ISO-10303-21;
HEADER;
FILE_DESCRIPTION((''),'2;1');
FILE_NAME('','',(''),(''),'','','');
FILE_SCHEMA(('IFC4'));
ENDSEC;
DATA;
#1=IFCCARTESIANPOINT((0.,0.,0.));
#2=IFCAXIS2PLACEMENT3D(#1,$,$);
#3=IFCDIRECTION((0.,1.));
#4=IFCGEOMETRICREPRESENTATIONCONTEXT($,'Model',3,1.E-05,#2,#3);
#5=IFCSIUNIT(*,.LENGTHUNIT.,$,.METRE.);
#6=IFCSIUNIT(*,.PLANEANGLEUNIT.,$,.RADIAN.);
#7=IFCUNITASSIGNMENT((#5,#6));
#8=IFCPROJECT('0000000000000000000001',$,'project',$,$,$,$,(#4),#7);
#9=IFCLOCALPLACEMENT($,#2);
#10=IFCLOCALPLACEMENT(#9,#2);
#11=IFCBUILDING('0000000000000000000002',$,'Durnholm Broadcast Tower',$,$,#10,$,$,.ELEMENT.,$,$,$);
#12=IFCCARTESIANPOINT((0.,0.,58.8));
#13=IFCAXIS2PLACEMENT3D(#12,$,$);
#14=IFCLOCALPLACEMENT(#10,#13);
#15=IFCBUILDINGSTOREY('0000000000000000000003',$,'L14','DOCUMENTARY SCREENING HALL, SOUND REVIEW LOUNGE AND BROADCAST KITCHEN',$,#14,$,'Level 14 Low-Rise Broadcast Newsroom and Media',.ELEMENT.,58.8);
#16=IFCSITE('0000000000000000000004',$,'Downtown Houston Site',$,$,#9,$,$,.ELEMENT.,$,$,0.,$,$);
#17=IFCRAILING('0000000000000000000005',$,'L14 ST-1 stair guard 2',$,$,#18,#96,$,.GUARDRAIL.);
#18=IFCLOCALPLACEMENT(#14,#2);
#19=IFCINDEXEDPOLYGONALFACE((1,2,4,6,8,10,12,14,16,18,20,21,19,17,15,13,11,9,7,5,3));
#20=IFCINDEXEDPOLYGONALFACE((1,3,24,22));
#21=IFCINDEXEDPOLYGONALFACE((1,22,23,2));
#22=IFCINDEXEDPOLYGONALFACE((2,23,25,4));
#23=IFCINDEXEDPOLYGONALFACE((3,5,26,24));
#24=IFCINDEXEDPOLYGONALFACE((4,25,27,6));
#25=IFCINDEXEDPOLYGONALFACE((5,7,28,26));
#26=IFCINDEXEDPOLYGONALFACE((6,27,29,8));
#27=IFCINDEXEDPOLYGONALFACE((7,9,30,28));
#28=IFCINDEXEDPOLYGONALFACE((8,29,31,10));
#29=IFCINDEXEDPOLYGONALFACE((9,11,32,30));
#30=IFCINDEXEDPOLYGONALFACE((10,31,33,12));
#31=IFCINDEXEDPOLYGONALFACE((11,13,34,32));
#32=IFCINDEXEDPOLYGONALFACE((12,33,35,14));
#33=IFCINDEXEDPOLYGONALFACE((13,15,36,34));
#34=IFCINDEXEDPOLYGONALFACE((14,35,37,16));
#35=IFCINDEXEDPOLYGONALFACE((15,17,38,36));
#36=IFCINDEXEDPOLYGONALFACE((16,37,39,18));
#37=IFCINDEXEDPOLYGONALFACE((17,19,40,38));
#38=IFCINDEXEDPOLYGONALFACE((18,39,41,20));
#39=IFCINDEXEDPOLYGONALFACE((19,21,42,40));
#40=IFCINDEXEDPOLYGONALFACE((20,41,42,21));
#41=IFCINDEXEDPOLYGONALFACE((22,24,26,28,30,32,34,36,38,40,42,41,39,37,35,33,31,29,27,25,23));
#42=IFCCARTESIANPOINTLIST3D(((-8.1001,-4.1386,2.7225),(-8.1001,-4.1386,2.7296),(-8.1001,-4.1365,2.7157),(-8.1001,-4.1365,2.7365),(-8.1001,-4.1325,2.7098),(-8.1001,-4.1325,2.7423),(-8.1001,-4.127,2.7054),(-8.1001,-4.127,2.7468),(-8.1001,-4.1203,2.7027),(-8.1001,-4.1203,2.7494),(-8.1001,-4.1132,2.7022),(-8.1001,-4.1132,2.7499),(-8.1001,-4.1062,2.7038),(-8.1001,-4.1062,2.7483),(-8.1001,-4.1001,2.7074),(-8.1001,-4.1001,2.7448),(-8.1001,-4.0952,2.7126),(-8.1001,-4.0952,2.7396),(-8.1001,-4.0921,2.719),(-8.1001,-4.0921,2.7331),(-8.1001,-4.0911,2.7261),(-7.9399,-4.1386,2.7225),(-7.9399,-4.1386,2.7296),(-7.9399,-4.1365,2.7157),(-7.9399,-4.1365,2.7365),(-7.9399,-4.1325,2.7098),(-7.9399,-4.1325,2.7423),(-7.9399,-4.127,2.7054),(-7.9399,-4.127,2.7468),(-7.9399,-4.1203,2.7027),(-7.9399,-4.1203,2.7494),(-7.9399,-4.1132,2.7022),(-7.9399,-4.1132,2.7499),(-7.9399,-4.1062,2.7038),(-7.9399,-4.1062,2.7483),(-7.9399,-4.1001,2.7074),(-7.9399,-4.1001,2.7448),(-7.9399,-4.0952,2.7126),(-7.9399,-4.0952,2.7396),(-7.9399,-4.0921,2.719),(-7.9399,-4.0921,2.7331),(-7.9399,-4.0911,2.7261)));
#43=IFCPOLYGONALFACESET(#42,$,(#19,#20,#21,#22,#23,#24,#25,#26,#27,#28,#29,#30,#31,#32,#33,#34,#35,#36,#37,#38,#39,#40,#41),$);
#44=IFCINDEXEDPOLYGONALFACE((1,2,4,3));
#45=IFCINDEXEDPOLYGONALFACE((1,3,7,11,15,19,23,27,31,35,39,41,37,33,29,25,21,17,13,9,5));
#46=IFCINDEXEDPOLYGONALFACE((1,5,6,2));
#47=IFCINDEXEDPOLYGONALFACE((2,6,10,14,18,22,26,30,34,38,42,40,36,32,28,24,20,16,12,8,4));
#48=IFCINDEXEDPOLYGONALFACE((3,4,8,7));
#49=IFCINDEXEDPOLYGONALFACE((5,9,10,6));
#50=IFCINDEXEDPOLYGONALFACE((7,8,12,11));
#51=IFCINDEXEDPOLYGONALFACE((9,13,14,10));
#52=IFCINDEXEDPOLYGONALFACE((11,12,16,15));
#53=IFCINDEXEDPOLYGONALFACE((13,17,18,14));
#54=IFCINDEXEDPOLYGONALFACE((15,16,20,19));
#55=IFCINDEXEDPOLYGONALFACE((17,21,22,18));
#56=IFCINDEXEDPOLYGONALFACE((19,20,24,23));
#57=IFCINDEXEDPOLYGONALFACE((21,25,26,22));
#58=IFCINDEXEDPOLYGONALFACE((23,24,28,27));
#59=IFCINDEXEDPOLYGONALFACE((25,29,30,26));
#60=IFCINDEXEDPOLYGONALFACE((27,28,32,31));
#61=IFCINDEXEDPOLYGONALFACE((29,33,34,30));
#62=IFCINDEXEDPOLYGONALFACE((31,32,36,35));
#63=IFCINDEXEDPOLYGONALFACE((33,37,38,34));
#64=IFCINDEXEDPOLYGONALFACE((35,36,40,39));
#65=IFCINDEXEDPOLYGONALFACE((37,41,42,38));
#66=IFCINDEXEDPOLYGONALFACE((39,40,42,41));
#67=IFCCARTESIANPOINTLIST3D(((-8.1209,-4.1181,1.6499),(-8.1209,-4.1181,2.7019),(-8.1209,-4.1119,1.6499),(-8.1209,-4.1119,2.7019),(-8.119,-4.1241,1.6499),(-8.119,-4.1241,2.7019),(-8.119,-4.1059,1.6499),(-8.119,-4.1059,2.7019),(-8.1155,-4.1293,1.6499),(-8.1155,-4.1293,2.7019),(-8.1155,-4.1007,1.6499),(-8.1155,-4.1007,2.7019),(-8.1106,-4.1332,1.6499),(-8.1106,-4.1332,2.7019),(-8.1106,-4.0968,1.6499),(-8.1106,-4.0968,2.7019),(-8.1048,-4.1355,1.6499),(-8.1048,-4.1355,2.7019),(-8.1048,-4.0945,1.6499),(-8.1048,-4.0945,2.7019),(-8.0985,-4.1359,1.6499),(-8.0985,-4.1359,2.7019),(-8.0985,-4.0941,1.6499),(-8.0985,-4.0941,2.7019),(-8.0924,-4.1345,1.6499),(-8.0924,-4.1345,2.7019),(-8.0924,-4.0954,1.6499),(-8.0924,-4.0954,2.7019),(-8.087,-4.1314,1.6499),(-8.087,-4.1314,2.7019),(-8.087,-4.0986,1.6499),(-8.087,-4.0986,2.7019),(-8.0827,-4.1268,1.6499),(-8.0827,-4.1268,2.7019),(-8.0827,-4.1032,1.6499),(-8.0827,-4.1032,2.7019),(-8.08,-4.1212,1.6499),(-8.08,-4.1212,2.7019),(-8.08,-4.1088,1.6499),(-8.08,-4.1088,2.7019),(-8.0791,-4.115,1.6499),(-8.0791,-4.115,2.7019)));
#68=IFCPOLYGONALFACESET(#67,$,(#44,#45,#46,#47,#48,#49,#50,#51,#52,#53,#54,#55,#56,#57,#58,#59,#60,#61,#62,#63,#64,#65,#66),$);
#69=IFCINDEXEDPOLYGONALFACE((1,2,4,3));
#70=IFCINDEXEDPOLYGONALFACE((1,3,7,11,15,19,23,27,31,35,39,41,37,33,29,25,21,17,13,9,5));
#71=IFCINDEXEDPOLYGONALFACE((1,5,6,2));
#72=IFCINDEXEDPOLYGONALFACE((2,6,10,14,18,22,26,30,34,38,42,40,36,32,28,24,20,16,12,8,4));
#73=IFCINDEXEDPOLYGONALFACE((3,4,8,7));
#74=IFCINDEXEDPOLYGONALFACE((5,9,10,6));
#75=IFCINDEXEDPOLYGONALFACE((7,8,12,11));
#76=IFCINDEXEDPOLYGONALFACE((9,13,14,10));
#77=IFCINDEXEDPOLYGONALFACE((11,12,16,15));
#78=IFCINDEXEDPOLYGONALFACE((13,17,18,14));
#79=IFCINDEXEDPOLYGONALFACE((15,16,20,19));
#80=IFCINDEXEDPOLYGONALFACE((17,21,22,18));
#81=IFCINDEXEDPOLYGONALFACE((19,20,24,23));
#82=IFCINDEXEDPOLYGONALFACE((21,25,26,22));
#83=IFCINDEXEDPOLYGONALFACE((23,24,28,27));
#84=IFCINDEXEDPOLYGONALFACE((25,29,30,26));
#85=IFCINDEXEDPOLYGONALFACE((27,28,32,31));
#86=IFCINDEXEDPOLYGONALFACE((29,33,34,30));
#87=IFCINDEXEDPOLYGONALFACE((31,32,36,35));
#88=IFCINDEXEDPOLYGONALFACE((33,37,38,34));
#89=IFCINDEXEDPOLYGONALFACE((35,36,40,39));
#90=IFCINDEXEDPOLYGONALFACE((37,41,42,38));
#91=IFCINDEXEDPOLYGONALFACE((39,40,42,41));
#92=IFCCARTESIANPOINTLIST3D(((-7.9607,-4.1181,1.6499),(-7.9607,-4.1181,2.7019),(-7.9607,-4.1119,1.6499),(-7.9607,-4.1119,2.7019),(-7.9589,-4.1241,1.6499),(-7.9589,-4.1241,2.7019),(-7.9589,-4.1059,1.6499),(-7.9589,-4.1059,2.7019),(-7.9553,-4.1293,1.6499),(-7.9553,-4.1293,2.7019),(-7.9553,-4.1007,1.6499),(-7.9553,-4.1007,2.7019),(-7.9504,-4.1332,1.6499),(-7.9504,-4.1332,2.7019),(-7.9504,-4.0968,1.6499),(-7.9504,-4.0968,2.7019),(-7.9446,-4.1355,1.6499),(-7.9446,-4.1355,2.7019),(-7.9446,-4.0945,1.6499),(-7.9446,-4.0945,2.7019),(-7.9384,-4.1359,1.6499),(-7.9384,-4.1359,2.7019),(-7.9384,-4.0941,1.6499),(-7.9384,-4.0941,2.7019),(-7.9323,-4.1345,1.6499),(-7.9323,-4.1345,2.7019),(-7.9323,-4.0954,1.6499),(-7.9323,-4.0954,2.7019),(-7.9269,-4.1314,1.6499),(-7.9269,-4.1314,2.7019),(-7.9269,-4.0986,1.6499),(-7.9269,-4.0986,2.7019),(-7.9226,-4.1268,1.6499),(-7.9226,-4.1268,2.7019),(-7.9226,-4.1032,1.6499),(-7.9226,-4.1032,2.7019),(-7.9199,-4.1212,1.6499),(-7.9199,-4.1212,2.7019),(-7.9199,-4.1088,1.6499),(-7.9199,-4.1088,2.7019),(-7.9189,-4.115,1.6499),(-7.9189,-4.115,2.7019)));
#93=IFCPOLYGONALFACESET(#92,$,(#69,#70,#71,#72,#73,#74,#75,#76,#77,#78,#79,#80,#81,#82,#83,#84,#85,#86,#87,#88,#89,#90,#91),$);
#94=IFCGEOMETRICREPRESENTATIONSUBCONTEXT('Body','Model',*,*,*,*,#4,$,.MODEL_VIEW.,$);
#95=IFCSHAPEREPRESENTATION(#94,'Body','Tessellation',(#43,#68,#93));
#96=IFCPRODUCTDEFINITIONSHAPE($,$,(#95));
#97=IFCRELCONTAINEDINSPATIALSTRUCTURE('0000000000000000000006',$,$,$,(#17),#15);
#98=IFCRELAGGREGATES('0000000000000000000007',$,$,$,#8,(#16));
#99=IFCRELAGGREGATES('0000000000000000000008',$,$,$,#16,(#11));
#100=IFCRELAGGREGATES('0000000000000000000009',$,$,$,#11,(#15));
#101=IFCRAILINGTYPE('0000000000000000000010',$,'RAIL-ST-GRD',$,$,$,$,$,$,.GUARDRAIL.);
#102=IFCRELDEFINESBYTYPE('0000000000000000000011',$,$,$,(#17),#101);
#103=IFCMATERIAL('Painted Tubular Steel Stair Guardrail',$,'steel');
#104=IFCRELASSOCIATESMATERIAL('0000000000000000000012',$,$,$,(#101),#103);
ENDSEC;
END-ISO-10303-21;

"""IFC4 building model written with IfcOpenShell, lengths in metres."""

from ifc_helpers import new_model, si_unit, direction, frame, origin, origin_2d, place, context, subcontext, project, spatial, circle, extrude, material, type_object, element, save


model = new_model("IFC4")

# Units and contexts
model_context = context("Model", 3, precision=1e-05, world=origin(), true_north=direction((0.0, 1.0)))
body_context = subcontext(model_context, "Body", "Model", "MODEL_VIEW")
ifc_project = project(units=[si_unit("LENGTHUNIT", "METRE"), si_unit("PLANEANGLEUNIT", "RADIAN")], contexts=[model_context])

# Site, building, storey
site_placement = place(None, origin())
site = spatial("IfcSite", under=ifc_project, at=site_placement, Name="Downtown Houston Site", CompositionType="ELEMENT", RefElevation=0.0)
building_placement = place(site_placement, origin())
building = spatial("IfcBuilding", under=site, at=building_placement, Name="Durnholm Broadcast Tower", CompositionType="ELEMENT")
storey_placement = place(building_placement, frame((0.0, 0.0, 58.8)))
storey = spatial("IfcBuildingStorey", under=building, at=storey_placement, Name="L14", Description="DOCUMENTARY SCREENING HALL, SOUND REVIEW LOUNGE AND BROADCAST KITCHEN", LongName="Level 14 Low-Rise Broadcast Newsroom and Media", CompositionType="ELEMENT", Elevation=58.8)

# Railing
ifc_material_1 = material(Name="Painted Tubular Steel Stair Guardrail", Category="steel")
railing_type_1 = type_object("IfcRailingType", Name="RAIL-ST-GRD", PredefinedType="GUARDRAIL", material=ifc_material_1)
railing_1_placement = place(storey_placement, frame((-8.1001, -4.115, 1.6499)))
element("IfcRailing", 1, at=railing_1_placement, inside=storey, type_object=railing_type_1, Name="L14 ST-1 stair guard 2", PredefinedType="GUARDRAIL", context=body_context, shape_type="SweptSolid", body=[
    extrude(circle(Radius=0.0239, at=origin_2d()), frame((0.0, 0.0, 1.0762), z_axis=(1.0, 0.0, 0.0), x_axis=(0.0, 1.0, 0.0)), (0.0, 0.0, 1.0), 0.1602),
    extrude(circle(Radius=0.021, at=origin_2d()), origin(), (0.0, 0.0, 1.0), 1.052),
    extrude(circle(Radius=0.021, at=origin_2d()), frame((0.1602, 0.0, 0.0)), (0.0, 0.0, 1.0), 1.052),
])

save(model, "model.ifc")
